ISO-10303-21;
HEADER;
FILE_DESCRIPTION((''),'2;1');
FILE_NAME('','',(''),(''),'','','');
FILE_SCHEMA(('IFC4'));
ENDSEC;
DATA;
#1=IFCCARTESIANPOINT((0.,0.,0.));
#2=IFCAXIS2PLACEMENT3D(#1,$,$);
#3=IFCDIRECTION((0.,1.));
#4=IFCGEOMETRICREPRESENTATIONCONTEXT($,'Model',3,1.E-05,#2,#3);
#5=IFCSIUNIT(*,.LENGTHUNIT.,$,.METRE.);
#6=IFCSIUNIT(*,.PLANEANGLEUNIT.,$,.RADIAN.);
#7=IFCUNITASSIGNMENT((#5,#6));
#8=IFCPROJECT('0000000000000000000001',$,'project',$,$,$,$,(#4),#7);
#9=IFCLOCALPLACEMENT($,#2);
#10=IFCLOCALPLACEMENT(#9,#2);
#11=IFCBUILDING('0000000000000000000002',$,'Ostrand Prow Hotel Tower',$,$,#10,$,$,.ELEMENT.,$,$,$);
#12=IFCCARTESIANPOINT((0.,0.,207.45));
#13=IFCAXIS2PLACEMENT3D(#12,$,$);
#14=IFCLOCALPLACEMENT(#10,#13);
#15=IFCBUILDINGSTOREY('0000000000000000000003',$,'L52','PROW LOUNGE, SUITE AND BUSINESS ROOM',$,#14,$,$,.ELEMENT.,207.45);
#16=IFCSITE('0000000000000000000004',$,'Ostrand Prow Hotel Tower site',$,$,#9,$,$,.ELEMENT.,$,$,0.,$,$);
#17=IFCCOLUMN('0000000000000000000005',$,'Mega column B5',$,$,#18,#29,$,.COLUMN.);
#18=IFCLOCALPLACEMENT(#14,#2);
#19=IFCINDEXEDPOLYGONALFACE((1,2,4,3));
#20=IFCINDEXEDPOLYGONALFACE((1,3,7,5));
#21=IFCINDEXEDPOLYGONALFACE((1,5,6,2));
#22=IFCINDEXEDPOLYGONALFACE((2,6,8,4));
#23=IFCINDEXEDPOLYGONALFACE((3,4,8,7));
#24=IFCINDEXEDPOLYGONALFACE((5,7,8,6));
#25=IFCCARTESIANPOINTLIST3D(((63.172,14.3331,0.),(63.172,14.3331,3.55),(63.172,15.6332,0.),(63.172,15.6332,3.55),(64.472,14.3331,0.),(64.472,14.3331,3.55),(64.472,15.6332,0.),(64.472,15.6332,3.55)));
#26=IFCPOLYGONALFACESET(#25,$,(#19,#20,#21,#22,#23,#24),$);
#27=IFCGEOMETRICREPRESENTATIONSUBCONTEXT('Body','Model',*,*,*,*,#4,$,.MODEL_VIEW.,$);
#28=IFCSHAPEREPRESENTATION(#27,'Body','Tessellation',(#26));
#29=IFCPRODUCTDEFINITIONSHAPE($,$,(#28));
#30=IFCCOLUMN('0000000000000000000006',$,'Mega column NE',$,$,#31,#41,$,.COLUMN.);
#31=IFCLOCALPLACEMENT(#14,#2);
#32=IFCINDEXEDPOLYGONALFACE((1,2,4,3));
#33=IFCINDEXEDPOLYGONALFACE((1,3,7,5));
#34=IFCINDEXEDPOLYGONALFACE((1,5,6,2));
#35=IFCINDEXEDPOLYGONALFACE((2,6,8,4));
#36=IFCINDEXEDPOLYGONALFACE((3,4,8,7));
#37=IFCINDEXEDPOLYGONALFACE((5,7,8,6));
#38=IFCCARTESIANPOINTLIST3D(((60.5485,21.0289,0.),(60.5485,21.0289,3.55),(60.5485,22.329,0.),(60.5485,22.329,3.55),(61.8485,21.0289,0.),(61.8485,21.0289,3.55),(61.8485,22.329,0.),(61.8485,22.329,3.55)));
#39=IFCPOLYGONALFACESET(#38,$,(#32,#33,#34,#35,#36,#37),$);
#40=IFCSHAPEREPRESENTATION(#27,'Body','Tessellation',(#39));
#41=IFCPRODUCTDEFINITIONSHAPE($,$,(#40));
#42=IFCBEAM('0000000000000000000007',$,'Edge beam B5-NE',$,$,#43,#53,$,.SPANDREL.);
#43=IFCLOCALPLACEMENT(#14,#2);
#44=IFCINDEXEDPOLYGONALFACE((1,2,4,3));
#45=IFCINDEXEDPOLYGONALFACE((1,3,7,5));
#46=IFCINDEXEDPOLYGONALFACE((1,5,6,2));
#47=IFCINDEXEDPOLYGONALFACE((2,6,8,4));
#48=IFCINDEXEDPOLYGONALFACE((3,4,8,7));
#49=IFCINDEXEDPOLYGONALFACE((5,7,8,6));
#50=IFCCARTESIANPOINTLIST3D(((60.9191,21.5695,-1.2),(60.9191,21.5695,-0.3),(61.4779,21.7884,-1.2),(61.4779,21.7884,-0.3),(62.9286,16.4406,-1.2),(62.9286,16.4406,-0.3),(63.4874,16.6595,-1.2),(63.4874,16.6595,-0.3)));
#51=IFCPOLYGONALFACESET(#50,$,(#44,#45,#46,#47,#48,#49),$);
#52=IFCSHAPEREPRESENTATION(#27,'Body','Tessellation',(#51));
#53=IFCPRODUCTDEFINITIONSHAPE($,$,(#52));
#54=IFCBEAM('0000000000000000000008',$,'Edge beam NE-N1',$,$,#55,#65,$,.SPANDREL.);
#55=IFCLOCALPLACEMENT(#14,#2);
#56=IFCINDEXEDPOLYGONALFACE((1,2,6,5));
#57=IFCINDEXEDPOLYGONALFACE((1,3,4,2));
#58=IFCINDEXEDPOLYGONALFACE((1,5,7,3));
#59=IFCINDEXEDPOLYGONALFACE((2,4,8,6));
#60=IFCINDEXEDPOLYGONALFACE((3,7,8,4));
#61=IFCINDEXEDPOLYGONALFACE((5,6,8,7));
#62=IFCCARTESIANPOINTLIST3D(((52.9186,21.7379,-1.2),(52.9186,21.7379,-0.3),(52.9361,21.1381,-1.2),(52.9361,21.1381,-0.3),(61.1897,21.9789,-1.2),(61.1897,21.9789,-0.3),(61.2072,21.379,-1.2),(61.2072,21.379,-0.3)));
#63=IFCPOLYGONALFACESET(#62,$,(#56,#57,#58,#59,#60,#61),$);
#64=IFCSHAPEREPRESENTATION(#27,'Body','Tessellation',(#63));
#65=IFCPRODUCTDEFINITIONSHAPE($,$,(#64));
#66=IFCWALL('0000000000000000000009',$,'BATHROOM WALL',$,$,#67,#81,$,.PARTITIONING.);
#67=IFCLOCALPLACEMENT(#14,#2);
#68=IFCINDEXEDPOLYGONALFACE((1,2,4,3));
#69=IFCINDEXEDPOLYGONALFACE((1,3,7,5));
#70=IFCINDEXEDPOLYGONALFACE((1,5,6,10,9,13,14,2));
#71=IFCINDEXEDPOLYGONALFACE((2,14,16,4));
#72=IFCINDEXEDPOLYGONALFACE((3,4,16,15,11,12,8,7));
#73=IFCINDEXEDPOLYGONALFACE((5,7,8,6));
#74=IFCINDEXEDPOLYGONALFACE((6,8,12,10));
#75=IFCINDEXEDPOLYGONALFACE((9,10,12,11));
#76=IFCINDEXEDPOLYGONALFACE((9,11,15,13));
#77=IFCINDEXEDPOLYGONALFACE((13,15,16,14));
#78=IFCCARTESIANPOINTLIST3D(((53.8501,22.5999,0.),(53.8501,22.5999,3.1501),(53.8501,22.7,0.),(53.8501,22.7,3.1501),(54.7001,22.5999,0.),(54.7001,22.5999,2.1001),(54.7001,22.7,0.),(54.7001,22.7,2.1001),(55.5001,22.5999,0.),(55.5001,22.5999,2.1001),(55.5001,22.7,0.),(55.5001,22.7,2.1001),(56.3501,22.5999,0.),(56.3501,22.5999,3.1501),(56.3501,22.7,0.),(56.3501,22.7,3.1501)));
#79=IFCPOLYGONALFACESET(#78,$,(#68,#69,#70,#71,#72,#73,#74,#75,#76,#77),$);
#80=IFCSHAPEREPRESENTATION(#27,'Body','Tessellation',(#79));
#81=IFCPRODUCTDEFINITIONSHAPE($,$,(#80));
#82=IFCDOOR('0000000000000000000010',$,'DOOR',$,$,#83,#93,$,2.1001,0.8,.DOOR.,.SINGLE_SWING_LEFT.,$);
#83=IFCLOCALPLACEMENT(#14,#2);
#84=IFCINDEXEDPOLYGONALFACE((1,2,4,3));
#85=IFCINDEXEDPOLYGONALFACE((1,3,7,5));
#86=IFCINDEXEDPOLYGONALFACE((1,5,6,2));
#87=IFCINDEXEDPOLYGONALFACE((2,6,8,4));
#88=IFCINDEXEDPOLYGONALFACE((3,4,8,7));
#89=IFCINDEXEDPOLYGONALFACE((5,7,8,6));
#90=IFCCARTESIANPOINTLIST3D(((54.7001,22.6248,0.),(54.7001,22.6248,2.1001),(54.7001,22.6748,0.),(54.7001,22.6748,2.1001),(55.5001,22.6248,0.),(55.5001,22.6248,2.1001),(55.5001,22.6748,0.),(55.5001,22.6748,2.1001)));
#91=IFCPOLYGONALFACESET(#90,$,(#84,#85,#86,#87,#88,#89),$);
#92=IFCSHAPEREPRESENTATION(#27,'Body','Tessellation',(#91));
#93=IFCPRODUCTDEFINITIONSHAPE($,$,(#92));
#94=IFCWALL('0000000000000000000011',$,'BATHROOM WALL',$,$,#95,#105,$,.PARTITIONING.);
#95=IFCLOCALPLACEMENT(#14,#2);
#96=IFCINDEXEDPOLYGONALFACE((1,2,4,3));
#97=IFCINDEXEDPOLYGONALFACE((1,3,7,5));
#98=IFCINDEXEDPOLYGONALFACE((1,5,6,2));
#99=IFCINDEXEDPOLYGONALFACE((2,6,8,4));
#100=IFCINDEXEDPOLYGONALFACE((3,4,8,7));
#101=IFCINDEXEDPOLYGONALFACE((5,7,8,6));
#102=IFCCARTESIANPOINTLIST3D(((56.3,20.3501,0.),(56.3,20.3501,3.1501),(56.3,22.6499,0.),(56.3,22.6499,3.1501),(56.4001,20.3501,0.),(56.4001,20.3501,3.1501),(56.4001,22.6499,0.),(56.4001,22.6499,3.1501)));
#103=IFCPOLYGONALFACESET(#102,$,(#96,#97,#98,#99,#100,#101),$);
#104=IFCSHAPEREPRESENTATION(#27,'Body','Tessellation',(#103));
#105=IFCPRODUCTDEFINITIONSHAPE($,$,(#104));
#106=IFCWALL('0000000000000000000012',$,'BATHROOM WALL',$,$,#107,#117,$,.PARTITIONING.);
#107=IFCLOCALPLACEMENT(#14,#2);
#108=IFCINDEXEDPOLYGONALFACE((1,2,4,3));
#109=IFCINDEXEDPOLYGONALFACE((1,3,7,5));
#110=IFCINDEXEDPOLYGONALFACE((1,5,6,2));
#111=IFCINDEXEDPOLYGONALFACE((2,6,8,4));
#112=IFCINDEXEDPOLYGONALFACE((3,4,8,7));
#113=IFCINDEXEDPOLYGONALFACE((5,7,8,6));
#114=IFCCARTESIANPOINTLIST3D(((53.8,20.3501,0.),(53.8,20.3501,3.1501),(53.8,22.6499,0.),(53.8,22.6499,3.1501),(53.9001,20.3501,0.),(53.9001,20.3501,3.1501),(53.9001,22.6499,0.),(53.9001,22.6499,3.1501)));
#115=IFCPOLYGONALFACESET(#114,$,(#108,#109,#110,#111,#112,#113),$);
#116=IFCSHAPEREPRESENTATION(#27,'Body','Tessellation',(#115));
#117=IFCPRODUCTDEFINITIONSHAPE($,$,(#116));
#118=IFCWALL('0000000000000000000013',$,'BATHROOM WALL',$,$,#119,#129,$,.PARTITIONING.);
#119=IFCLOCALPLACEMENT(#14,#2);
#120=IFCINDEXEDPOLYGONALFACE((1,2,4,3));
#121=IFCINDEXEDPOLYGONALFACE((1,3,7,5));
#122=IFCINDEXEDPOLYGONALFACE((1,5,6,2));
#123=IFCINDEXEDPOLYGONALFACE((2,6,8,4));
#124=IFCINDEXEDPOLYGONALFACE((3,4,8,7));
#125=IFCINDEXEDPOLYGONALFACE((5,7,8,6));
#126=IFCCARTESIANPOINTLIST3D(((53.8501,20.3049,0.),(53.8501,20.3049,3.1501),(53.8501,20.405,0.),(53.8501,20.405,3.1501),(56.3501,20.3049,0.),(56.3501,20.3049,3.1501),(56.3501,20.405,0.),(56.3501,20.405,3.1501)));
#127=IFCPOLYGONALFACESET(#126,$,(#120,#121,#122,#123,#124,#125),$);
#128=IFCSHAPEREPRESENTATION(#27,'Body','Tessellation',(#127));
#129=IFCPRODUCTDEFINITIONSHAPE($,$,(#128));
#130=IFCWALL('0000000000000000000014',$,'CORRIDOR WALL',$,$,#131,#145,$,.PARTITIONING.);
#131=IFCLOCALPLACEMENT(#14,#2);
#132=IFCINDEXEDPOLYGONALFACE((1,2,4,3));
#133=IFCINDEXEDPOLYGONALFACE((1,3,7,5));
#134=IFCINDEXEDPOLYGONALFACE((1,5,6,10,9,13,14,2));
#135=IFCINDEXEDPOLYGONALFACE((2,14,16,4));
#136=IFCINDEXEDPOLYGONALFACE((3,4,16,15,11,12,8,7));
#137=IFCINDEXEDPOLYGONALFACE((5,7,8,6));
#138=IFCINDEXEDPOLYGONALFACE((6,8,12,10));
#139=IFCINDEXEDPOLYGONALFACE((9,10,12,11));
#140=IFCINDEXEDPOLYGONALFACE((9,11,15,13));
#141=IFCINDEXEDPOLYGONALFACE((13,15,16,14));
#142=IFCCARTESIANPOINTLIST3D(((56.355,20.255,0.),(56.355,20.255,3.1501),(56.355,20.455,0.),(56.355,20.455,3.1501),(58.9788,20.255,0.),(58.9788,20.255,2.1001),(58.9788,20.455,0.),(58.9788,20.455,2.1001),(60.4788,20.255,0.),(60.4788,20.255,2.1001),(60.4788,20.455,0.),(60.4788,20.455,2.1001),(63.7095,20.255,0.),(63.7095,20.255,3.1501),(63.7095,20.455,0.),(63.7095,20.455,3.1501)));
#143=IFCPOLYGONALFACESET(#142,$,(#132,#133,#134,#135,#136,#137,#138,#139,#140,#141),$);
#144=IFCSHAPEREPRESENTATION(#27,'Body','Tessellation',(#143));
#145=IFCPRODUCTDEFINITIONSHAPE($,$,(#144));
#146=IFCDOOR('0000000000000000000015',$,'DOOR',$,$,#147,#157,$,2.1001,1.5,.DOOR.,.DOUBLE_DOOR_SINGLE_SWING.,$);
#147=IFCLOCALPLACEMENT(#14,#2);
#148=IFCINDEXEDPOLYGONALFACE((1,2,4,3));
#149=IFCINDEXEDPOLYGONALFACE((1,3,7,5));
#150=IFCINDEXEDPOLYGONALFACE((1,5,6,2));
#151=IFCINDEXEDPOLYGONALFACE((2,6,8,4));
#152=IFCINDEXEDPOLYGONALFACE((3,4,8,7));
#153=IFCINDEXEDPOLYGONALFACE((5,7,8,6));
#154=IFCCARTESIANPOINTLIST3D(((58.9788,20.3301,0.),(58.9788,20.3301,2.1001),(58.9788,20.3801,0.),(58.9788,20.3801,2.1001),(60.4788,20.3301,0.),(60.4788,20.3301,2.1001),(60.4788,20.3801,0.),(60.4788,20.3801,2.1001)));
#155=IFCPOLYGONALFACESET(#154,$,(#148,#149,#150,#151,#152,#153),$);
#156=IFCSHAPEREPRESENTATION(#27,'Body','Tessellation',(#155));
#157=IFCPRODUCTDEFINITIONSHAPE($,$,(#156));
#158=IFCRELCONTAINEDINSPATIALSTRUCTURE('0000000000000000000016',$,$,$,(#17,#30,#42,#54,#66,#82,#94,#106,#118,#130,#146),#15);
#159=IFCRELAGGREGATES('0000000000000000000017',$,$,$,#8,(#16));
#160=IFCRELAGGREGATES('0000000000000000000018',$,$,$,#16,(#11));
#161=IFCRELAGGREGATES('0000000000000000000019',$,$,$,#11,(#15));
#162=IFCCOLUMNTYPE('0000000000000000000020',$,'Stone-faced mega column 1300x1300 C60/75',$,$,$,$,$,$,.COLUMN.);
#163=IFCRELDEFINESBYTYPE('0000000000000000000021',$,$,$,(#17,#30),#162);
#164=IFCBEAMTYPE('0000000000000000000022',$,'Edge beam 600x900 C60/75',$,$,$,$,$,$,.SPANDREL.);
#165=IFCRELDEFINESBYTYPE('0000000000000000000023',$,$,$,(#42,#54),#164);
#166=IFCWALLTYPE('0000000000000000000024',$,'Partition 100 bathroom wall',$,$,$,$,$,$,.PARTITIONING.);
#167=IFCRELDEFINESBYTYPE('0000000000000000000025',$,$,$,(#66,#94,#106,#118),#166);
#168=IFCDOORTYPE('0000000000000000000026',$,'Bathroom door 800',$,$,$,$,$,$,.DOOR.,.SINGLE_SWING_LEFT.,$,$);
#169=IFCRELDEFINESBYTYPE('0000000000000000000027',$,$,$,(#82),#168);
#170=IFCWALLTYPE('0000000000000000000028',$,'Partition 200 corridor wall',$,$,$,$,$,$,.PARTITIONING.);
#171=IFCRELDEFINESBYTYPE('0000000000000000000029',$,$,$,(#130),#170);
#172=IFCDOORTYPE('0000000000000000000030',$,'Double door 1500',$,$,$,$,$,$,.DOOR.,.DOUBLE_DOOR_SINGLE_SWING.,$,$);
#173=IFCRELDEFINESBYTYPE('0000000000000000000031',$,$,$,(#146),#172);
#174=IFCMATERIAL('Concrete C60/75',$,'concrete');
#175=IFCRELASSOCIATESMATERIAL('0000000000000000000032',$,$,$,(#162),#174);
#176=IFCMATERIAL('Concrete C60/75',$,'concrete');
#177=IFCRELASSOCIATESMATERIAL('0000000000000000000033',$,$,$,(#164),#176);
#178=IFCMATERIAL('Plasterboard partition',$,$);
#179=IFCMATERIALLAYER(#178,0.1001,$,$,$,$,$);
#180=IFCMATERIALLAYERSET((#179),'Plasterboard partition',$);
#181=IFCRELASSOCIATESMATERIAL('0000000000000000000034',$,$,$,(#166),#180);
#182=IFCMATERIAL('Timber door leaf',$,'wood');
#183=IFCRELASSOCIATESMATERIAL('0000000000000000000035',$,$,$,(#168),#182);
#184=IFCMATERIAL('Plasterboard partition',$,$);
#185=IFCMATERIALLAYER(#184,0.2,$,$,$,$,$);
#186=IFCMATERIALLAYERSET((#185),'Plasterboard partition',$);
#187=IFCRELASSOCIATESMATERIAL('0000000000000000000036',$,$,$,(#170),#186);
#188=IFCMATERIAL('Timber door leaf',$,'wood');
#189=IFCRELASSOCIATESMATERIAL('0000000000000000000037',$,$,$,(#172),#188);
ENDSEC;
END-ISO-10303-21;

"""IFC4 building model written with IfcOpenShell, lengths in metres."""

from ifc_helpers import new_model, si_unit, direction, frame, frame_2d, origin, origin_2d, place, context, subcontext, project, spatial, rectangle, extrude, material, layer, layer_set, material_profile, profile_set, type_object, element, fill, save


model = new_model("IFC4")

# Units and contexts
model_context = context("Model", 3, precision=1e-05, world=origin(), true_north=direction((0.0, 1.0)))
body_context = subcontext(model_context, "Body", "Model", "MODEL_VIEW")
ifc_project = project(units=[si_unit("LENGTHUNIT", "METRE"), si_unit("PLANEANGLEUNIT", "RADIAN")], contexts=[model_context])

# Site, building, storey
site_placement = place(None, origin())
site = spatial("IfcSite", under=ifc_project, at=site_placement, Name="Ostrand Prow Hotel Tower site", CompositionType="ELEMENT", RefElevation=0.0)
building_placement = place(site_placement, origin())
building = spatial("IfcBuilding", under=site, at=building_placement, Name="Ostrand Prow Hotel Tower", CompositionType="ELEMENT")
storey_placement = place(building_placement, frame((0.0, 0.0, 207.45)))
storey = spatial("IfcBuildingStorey", under=building, at=storey_placement, Name="L52", Description="PROW LOUNGE, SUITE AND BUSINESS ROOM", CompositionType="ELEMENT", Elevation=207.45)

# Columns
ifc_material_1 = material(Name="Concrete C60/75", Category="concrete")
ifc_material_profile_1 = material_profile(ifc_material_1, rectangle(XDim=1.3, YDim=1.3, at=origin_2d()), Name="RC 1300x1300")
ifc_profile_set_1 = profile_set([ifc_material_profile_1], Name="Concrete C60/75")
column_type = type_object("IfcColumnType", Name="Stone-faced mega column 1300x1300 C60/75", PredefinedType="COLUMN", material=ifc_profile_set_1)
for number, where, z_axis, x_axis, name in (
    (1, (63.822, 14.9832, 0.0), (0.0, 0.0, 1.0), (1.0, 0.0, 0.0), "Mega column B5"),
    (2, (61.1985, 21.679, 0.0), (0.0, 0.0, 1.0), (1.0, 0.0, 0.0), "Mega column NE"),
):
    element("IfcColumn", number, at=place(storey_placement, frame(where, z_axis=z_axis, x_axis=x_axis)), inside=storey, type_object=column_type, Name=name, PredefinedType="COLUMN", context=body_context, shape_type="SweptSolid", body=[
        extrude(rectangle(XDim=1.3, YDim=1.3, at=origin_2d()), origin(), (0.0, 0.0, 1.0), 3.55),
    ])

# Beams
ifc_material_2 = material(Name="Concrete C60/75", Category="concrete")
ifc_material_profile_2 = material_profile(ifc_material_2, rectangle(XDim=0.6001, YDim=0.8999, at=origin_2d()), Name="RC 600x900")
ifc_profile_set_2 = profile_set([ifc_material_profile_2], Name="Concrete C60/75")
beam_type = type_object("IfcBeamType", Name="Edge beam 600x900 C60/75", PredefinedType="SPANDREL", material=ifc_profile_set_2)
beam_1_placement = place(storey_placement, frame((63.208, 16.55, -0.75), z_axis=(-0.364802, 0.931085, 0.0), x_axis=(-0.931085, -0.364802, 0.0)))
element("IfcBeam", 3, at=beam_1_placement, inside=storey, type_object=beam_type, Name="Edge beam B5-NE", PredefinedType="SPANDREL", context=body_context, shape_type="SweptSolid", body=[
    extrude(rectangle(XDim=0.6001, YDim=0.8999, at=origin_2d()), origin(), (0.0, 0.0, 1.0), 5.5085),
])
beam_2_placement = place(storey_placement, frame((61.1985, 21.679, -0.75), z_axis=(-0.999576, -0.029121, 0.0), x_axis=(0.029121, -0.999576, 0.0)))
element("IfcBeam", 4, at=beam_2_placement, inside=storey, type_object=beam_type, Name="Edge beam NE-N1", PredefinedType="SPANDREL", context=body_context, shape_type="SweptSolid", body=[
    extrude(rectangle(XDim=0.6001, YDim=0.8999, at=origin_2d()), origin(), (0.0, 0.0, 1.0), 8.2747),
])

# Wall, opening, door
ifc_material_3 = material(Name="Plasterboard partition")
ifc_layer_1 = layer(ifc_material_3, 0.1001)
ifc_layer_set_1 = layer_set([ifc_layer_1], Name="Plasterboard partition")
wall_type_1 = type_object("IfcWallType", Name="Partition 100 bathroom wall", PredefinedType="PARTITIONING", material=ifc_layer_set_1)
wall_1_placement = place(storey_placement, frame((53.8501, 22.6499, 0.0), z_axis=(0.0, 0.0, 1.0), x_axis=(1.0, 0.0, 0.0)))
wall_1 = element("IfcWall", 5, at=wall_1_placement, inside=storey, type_object=wall_type_1, Name="BATHROOM WALL", PredefinedType="PARTITIONING", context=body_context, shape_type="SweptSolid", body=[
    extrude(rectangle(XDim=2.5, YDim=0.1001, at=frame_2d((1.25, 0.0))), origin(), (0.0, 0.0, 1.0), 3.1501),
])
opening_1_placement = place(wall_1_placement, frame((0.8501, 0.0, 0.0)))
opening_1 = element("IfcOpeningElement", 6, at=opening_1_placement, cuts=wall_1, PredefinedType="OPENING", context=body_context, shape_type="SweptSolid", body=[
    extrude(rectangle(XDim=0.8, YDim=2.1001, at=frame_2d((0.3999, 1.05))), frame((0.0, 0.0601, 0.0), z_axis=(0.0, -1.0, 0.0), x_axis=(1.0, 0.0, 0.0)), (0.0, 0.0, 1.0), 0.1201),
])
ifc_material_4 = material(Name="Timber door leaf", Category="wood")
door_type_1 = type_object("IfcDoorType", Name="Bathroom door 800", OperationType="SINGLE_SWING_LEFT", PredefinedType="DOOR", material=ifc_material_4)
door_1_placement = place(opening_1_placement, origin())
door_1 = element("IfcDoor", 7, at=door_1_placement, inside=storey, type_object=door_type_1, Name="DOOR", OperationType="SINGLE_SWING_LEFT", OverallHeight=2.1001, OverallWidth=0.8, PredefinedType="DOOR", context=body_context, shape_type="SweptSolid", body=[
    extrude(rectangle(XDim=0.8, YDim=2.1001, at=frame_2d((0.3999, 1.05))), frame((0.0, 0.0249, 0.0), z_axis=(0.0, -1.0, 0.0), x_axis=(1.0, 0.0, 0.0)), (0.0, 0.0, 1.0), 0.05),
])
fill(opening_1, door_1)

# Walls
for number, where, z_axis, x_axis, name in (
    (8, (56.3501, 22.6499, 0.0), (0.0, 0.0, 1.0), (0.0, -1.0, 0.0), "BATHROOM WALL"),
    (9, (53.8501, 20.3501, 0.0), (0.0, 0.0, 1.0), (0.0, 1.0, 0.0), "BATHROOM WALL"),
):
    element("IfcWall", number, at=place(storey_placement, frame(where, z_axis=z_axis, x_axis=x_axis)), inside=storey, type_object=wall_type_1, Name=name, PredefinedType="PARTITIONING", context=body_context, shape_type="SweptSolid", body=[
        extrude(rectangle(XDim=2.2998, YDim=0.1001, at=frame_2d((1.1499, 0.0))), origin(), (0.0, 0.0, 1.0), 3.1501),
    ])
wall_2_placement = place(storey_placement, frame((56.3501, 20.355, 0.0), z_axis=(0.0, 0.0, 1.0), x_axis=(-1.0, 0.0, 0.0)))
element("IfcWall", 10, at=wall_2_placement, inside=storey, type_object=wall_type_1, Name="BATHROOM WALL", PredefinedType="PARTITIONING", context=body_context, shape_type="SweptSolid", body=[
    extrude(rectangle(XDim=2.5, YDim=0.1001, at=frame_2d((1.25, 0.0))), origin(), (0.0, 0.0, 1.0), 3.1501),
])

# Wall, opening, door
ifc_material_5 = material(Name="Plasterboard partition")
ifc_layer_2 = layer(ifc_material_5, 0.2)
ifc_layer_set_2 = layer_set([ifc_layer_2], Name="Plasterboard partition")
wall_type_2 = type_object("IfcWallType", Name="Partition 200 corridor wall", PredefinedType="PARTITIONING", material=ifc_layer_set_2)
wall_3_placement = place(storey_placement, frame((63.7095, 20.355, 0.0), z_axis=(0.0, 0.0, 1.0), x_axis=(-1.0, 0.0, 0.0)))
wall_3 = element("IfcWall", 11, at=wall_3_placement, inside=storey, type_object=wall_type_2, Name="CORRIDOR WALL", PredefinedType="PARTITIONING", context=body_context, shape_type="SweptSolid", body=[
    extrude(rectangle(XDim=7.3545, YDim=0.2, at=frame_2d((3.6772, 0.0))), origin(), (0.0, 0.0, 1.0), 3.1501),
])
opening_2_placement = place(wall_3_placement, frame((3.2307, 0.0, 0.0)))
opening_2 = element("IfcOpeningElement", 12, at=opening_2_placement, cuts=wall_3, PredefinedType="OPENING", context=body_context, shape_type="SweptSolid", body=[
    extrude(rectangle(XDim=1.5, YDim=2.1001, at=frame_2d((0.75, 1.05))), frame((0.0, 0.1099, 0.0), z_axis=(0.0, -1.0, 0.0), x_axis=(1.0, 0.0, 0.0)), (0.0, 0.0, 1.0), 0.22),
])
ifc_material_6 = material(Name="Timber door leaf", Category="wood")
door_type_2 = type_object("IfcDoorType", Name="Double door 1500", OperationType="DOUBLE_DOOR_SINGLE_SWING", PredefinedType="DOOR", material=ifc_material_6)
door_2_placement = place(opening_2_placement, origin())
door_2 = element("IfcDoor", 13, at=door_2_placement, inside=storey, type_object=door_type_2, Name="DOOR", OperationType="DOUBLE_DOOR_SINGLE_SWING", OverallHeight=2.1001, OverallWidth=1.5, PredefinedType="DOOR", context=body_context, shape_type="SweptSolid", body=[
    extrude(rectangle(XDim=1.5, YDim=2.1001, at=frame_2d((0.75, 1.05))), frame((0.0, 0.0249, 0.0), z_axis=(0.0, -1.0, 0.0), x_axis=(1.0, 0.0, 0.0)), (0.0, 0.0, 1.0), 0.05),
])
fill(opening_2, door_2)

save(model, "model.ifc")
